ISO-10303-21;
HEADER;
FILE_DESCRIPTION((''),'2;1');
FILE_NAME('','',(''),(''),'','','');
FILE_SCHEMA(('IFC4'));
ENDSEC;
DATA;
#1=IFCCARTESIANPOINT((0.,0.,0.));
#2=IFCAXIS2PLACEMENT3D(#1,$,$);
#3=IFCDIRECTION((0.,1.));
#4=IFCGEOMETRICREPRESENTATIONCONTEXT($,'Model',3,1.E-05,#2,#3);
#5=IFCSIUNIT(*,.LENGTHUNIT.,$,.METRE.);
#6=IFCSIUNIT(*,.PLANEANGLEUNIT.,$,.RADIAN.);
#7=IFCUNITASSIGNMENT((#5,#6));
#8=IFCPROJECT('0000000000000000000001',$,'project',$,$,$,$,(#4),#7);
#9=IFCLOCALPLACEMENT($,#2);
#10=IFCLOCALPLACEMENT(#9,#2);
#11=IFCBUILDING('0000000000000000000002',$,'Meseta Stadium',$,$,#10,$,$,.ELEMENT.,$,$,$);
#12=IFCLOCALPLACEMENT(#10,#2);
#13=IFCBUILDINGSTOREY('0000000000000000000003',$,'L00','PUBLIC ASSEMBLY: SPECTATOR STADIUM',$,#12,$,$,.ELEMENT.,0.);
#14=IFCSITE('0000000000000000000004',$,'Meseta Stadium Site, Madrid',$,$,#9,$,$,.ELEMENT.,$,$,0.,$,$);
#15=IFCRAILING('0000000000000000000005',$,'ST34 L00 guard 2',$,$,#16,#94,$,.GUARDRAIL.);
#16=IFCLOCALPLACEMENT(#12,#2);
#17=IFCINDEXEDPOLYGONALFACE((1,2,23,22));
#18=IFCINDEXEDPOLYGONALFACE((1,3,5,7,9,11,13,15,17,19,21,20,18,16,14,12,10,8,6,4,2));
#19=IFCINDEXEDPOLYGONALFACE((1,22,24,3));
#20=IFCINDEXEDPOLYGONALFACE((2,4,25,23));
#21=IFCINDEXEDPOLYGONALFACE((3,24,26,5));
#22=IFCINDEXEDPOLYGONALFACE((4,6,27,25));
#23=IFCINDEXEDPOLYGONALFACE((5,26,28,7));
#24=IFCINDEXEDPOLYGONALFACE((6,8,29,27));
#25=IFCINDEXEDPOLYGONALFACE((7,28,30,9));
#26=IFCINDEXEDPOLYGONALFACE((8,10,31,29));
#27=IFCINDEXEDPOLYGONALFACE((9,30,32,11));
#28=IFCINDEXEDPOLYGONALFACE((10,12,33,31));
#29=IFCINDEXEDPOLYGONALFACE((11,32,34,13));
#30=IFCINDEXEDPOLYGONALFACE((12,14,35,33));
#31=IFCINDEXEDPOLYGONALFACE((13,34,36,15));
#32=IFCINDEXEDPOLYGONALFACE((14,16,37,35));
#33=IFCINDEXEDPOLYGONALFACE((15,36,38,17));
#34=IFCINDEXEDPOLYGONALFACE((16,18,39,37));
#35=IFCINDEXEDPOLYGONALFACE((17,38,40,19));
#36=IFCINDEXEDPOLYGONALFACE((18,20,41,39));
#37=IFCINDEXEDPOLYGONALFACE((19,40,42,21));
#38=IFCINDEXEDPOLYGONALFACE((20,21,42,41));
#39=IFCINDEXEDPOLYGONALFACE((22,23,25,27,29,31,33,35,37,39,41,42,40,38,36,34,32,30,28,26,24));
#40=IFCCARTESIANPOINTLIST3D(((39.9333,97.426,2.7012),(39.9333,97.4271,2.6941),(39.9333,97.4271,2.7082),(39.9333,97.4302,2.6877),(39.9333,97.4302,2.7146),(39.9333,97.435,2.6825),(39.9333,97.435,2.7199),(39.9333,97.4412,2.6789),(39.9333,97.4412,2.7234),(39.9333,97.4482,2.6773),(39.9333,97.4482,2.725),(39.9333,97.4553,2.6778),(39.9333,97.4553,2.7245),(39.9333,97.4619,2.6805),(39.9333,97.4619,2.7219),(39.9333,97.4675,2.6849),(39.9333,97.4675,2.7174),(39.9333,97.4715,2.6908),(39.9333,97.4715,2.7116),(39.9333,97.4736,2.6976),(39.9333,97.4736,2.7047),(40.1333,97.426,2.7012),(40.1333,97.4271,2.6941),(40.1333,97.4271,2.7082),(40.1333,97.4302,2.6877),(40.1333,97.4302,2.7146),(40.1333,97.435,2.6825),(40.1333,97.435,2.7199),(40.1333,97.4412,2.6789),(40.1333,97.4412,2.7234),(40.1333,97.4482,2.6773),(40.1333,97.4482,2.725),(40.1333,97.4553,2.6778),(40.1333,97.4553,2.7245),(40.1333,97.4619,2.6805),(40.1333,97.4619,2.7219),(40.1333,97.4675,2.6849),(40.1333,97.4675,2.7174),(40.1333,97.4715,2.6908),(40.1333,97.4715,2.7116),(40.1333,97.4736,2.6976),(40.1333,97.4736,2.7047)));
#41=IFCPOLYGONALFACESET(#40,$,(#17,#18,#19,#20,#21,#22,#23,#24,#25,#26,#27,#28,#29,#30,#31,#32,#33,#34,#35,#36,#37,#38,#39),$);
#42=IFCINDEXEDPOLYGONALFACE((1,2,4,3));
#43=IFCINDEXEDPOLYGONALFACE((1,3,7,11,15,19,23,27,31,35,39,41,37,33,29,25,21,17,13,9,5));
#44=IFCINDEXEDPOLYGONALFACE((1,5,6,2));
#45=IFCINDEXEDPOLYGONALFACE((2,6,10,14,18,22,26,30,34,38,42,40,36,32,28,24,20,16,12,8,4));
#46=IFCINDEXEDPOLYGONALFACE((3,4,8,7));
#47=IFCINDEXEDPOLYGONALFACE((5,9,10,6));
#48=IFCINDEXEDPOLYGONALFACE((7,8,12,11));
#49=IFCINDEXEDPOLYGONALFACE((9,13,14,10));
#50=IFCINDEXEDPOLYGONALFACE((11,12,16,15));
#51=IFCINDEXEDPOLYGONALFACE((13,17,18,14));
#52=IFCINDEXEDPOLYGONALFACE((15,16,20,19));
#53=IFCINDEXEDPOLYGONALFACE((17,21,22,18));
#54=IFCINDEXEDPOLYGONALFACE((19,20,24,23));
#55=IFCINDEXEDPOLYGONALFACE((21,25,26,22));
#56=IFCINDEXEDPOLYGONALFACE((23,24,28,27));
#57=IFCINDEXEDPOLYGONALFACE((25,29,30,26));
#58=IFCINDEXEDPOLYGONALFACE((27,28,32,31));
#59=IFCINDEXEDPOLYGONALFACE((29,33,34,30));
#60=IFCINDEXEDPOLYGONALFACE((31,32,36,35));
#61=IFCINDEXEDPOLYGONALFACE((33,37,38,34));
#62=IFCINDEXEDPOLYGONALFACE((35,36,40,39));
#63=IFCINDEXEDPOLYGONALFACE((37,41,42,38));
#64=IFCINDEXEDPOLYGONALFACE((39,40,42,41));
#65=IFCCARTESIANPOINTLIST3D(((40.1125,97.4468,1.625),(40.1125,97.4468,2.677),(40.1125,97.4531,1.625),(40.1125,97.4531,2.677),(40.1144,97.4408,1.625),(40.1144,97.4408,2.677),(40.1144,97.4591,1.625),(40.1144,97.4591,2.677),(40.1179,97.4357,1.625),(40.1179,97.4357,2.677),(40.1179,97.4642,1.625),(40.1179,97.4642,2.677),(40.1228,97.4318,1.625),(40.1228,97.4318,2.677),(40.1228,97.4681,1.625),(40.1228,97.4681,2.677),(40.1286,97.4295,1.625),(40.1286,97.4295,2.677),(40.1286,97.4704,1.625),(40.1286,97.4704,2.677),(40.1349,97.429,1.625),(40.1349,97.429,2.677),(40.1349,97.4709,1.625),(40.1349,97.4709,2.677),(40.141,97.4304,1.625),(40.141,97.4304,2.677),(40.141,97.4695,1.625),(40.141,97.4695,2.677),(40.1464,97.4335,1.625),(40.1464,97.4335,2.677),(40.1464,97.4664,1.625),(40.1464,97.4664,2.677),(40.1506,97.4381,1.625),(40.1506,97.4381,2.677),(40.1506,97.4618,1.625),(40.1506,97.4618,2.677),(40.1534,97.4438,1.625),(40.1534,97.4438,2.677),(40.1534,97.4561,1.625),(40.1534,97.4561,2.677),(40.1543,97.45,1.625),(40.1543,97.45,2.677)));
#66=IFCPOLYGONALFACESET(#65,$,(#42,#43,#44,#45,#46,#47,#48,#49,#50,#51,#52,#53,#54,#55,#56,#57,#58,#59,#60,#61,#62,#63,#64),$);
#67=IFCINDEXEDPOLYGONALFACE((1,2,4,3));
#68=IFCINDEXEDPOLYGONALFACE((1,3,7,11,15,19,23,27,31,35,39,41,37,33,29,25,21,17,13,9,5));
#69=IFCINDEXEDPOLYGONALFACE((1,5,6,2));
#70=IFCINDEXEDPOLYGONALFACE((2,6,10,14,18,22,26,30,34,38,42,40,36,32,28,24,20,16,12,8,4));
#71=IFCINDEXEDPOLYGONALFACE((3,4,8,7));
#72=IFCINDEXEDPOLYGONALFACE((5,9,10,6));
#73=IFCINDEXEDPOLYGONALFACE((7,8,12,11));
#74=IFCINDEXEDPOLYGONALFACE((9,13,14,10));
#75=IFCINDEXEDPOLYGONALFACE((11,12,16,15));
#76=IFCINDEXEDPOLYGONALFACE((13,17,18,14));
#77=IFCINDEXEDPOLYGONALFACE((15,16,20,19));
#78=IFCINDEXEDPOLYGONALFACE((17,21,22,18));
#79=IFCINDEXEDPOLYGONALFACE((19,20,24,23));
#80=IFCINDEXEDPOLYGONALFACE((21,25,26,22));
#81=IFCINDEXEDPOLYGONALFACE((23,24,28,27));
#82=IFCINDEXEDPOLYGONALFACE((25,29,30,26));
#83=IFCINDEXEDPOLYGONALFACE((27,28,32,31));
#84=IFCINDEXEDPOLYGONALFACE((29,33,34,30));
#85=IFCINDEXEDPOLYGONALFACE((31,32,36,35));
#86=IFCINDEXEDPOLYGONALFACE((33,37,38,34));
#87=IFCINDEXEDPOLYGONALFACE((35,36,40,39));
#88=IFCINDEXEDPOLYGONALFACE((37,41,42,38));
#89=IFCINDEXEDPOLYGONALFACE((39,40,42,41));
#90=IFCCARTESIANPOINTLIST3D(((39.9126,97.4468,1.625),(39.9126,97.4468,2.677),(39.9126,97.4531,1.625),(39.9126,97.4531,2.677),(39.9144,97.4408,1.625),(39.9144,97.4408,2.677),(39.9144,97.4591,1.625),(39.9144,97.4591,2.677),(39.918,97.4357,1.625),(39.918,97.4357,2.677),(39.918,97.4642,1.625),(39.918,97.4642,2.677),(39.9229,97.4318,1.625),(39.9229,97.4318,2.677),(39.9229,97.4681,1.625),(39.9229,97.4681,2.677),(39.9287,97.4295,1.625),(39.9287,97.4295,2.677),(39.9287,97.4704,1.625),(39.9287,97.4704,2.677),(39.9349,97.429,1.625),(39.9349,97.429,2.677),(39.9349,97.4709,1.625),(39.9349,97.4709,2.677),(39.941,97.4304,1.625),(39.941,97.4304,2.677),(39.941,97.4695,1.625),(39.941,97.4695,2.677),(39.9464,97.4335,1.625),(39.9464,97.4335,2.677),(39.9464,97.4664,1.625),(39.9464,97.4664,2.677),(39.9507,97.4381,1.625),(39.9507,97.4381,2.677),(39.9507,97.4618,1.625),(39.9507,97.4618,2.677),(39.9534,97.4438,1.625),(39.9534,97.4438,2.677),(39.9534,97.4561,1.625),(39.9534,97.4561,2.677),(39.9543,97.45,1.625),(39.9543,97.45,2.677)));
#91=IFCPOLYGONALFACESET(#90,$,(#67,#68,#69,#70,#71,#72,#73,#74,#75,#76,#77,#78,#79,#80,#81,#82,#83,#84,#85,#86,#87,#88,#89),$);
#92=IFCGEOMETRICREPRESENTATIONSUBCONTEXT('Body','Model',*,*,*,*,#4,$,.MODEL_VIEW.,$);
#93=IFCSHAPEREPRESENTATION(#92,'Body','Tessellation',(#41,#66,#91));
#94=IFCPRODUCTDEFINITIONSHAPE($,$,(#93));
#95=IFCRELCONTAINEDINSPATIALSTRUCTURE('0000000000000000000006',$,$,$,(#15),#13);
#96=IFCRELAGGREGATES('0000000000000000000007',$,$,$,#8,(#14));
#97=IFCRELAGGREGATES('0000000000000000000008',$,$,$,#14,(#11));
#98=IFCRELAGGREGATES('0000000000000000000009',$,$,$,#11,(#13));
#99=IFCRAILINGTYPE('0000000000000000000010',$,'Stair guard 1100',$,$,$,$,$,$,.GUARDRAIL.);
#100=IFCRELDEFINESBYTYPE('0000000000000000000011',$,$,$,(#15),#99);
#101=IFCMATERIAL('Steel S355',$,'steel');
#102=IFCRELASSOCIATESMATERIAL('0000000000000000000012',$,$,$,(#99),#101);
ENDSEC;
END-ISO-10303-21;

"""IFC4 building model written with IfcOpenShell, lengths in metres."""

from ifc_helpers import new_model, si_unit, direction, frame, origin, origin_2d, place, context, subcontext, project, spatial, circle, extrude, material, type_object, element, save


model = new_model("IFC4")

# Units and contexts
model_context = context("Model", 3, precision=1e-05, world=origin(), true_north=direction((0.0, 1.0)))
body_context = subcontext(model_context, "Body", "Model", "MODEL_VIEW")
ifc_project = project(units=[si_unit("LENGTHUNIT", "METRE"), si_unit("PLANEANGLEUNIT", "RADIAN")], contexts=[model_context])

# Site, building, storey
site_placement = place(None, origin())
site = spatial("IfcSite", under=ifc_project, at=site_placement, Name="Meseta Stadium Site, Madrid", CompositionType="ELEMENT", RefElevation=0.0)
building_placement = place(site_placement, origin())
building = spatial("IfcBuilding", under=site, at=building_placement, Name="Meseta Stadium", CompositionType="ELEMENT")
storey_placement = place(building_placement, origin())
storey = spatial("IfcBuildingStorey", under=building, at=storey_placement, Name="L00", Description="PUBLIC ASSEMBLY: SPECTATOR STADIUM", CompositionType="ELEMENT", Elevation=0.0)

# Railing
ifc_material_1 = material(Name="Steel S355", Category="steel")
railing_type_1 = type_object("IfcRailingType", Name="Stair guard 1100", PredefinedType="GUARDRAIL", material=ifc_material_1)
railing_1_placement = place(storey_placement, frame((40.1333, 97.45, 1.625)))
element("IfcRailing", 1, at=railing_1_placement, inside=storey, type_object=railing_type_1, Name="ST34 L00 guard 2", PredefinedType="GUARDRAIL", context=body_context, shape_type="SweptSolid", body=[
    extrude(circle(Radius=0.0239, at=origin_2d()), frame((0.0, 0.0, 1.0762), z_axis=(-1.0, 0.0, 0.0), x_axis=(0.0, -1.0, 0.0)), (0.0, 0.0, 1.0), 0.2),
    extrude(circle(Radius=0.021, at=origin_2d()), origin(), (0.0, 0.0, 1.0), 1.052),
    extrude(circle(Radius=0.021, at=origin_2d()), frame((-0.2, 0.0, 0.0)), (0.0, 0.0, 1.0), 1.052),
])

save(model, "model.ifc")
